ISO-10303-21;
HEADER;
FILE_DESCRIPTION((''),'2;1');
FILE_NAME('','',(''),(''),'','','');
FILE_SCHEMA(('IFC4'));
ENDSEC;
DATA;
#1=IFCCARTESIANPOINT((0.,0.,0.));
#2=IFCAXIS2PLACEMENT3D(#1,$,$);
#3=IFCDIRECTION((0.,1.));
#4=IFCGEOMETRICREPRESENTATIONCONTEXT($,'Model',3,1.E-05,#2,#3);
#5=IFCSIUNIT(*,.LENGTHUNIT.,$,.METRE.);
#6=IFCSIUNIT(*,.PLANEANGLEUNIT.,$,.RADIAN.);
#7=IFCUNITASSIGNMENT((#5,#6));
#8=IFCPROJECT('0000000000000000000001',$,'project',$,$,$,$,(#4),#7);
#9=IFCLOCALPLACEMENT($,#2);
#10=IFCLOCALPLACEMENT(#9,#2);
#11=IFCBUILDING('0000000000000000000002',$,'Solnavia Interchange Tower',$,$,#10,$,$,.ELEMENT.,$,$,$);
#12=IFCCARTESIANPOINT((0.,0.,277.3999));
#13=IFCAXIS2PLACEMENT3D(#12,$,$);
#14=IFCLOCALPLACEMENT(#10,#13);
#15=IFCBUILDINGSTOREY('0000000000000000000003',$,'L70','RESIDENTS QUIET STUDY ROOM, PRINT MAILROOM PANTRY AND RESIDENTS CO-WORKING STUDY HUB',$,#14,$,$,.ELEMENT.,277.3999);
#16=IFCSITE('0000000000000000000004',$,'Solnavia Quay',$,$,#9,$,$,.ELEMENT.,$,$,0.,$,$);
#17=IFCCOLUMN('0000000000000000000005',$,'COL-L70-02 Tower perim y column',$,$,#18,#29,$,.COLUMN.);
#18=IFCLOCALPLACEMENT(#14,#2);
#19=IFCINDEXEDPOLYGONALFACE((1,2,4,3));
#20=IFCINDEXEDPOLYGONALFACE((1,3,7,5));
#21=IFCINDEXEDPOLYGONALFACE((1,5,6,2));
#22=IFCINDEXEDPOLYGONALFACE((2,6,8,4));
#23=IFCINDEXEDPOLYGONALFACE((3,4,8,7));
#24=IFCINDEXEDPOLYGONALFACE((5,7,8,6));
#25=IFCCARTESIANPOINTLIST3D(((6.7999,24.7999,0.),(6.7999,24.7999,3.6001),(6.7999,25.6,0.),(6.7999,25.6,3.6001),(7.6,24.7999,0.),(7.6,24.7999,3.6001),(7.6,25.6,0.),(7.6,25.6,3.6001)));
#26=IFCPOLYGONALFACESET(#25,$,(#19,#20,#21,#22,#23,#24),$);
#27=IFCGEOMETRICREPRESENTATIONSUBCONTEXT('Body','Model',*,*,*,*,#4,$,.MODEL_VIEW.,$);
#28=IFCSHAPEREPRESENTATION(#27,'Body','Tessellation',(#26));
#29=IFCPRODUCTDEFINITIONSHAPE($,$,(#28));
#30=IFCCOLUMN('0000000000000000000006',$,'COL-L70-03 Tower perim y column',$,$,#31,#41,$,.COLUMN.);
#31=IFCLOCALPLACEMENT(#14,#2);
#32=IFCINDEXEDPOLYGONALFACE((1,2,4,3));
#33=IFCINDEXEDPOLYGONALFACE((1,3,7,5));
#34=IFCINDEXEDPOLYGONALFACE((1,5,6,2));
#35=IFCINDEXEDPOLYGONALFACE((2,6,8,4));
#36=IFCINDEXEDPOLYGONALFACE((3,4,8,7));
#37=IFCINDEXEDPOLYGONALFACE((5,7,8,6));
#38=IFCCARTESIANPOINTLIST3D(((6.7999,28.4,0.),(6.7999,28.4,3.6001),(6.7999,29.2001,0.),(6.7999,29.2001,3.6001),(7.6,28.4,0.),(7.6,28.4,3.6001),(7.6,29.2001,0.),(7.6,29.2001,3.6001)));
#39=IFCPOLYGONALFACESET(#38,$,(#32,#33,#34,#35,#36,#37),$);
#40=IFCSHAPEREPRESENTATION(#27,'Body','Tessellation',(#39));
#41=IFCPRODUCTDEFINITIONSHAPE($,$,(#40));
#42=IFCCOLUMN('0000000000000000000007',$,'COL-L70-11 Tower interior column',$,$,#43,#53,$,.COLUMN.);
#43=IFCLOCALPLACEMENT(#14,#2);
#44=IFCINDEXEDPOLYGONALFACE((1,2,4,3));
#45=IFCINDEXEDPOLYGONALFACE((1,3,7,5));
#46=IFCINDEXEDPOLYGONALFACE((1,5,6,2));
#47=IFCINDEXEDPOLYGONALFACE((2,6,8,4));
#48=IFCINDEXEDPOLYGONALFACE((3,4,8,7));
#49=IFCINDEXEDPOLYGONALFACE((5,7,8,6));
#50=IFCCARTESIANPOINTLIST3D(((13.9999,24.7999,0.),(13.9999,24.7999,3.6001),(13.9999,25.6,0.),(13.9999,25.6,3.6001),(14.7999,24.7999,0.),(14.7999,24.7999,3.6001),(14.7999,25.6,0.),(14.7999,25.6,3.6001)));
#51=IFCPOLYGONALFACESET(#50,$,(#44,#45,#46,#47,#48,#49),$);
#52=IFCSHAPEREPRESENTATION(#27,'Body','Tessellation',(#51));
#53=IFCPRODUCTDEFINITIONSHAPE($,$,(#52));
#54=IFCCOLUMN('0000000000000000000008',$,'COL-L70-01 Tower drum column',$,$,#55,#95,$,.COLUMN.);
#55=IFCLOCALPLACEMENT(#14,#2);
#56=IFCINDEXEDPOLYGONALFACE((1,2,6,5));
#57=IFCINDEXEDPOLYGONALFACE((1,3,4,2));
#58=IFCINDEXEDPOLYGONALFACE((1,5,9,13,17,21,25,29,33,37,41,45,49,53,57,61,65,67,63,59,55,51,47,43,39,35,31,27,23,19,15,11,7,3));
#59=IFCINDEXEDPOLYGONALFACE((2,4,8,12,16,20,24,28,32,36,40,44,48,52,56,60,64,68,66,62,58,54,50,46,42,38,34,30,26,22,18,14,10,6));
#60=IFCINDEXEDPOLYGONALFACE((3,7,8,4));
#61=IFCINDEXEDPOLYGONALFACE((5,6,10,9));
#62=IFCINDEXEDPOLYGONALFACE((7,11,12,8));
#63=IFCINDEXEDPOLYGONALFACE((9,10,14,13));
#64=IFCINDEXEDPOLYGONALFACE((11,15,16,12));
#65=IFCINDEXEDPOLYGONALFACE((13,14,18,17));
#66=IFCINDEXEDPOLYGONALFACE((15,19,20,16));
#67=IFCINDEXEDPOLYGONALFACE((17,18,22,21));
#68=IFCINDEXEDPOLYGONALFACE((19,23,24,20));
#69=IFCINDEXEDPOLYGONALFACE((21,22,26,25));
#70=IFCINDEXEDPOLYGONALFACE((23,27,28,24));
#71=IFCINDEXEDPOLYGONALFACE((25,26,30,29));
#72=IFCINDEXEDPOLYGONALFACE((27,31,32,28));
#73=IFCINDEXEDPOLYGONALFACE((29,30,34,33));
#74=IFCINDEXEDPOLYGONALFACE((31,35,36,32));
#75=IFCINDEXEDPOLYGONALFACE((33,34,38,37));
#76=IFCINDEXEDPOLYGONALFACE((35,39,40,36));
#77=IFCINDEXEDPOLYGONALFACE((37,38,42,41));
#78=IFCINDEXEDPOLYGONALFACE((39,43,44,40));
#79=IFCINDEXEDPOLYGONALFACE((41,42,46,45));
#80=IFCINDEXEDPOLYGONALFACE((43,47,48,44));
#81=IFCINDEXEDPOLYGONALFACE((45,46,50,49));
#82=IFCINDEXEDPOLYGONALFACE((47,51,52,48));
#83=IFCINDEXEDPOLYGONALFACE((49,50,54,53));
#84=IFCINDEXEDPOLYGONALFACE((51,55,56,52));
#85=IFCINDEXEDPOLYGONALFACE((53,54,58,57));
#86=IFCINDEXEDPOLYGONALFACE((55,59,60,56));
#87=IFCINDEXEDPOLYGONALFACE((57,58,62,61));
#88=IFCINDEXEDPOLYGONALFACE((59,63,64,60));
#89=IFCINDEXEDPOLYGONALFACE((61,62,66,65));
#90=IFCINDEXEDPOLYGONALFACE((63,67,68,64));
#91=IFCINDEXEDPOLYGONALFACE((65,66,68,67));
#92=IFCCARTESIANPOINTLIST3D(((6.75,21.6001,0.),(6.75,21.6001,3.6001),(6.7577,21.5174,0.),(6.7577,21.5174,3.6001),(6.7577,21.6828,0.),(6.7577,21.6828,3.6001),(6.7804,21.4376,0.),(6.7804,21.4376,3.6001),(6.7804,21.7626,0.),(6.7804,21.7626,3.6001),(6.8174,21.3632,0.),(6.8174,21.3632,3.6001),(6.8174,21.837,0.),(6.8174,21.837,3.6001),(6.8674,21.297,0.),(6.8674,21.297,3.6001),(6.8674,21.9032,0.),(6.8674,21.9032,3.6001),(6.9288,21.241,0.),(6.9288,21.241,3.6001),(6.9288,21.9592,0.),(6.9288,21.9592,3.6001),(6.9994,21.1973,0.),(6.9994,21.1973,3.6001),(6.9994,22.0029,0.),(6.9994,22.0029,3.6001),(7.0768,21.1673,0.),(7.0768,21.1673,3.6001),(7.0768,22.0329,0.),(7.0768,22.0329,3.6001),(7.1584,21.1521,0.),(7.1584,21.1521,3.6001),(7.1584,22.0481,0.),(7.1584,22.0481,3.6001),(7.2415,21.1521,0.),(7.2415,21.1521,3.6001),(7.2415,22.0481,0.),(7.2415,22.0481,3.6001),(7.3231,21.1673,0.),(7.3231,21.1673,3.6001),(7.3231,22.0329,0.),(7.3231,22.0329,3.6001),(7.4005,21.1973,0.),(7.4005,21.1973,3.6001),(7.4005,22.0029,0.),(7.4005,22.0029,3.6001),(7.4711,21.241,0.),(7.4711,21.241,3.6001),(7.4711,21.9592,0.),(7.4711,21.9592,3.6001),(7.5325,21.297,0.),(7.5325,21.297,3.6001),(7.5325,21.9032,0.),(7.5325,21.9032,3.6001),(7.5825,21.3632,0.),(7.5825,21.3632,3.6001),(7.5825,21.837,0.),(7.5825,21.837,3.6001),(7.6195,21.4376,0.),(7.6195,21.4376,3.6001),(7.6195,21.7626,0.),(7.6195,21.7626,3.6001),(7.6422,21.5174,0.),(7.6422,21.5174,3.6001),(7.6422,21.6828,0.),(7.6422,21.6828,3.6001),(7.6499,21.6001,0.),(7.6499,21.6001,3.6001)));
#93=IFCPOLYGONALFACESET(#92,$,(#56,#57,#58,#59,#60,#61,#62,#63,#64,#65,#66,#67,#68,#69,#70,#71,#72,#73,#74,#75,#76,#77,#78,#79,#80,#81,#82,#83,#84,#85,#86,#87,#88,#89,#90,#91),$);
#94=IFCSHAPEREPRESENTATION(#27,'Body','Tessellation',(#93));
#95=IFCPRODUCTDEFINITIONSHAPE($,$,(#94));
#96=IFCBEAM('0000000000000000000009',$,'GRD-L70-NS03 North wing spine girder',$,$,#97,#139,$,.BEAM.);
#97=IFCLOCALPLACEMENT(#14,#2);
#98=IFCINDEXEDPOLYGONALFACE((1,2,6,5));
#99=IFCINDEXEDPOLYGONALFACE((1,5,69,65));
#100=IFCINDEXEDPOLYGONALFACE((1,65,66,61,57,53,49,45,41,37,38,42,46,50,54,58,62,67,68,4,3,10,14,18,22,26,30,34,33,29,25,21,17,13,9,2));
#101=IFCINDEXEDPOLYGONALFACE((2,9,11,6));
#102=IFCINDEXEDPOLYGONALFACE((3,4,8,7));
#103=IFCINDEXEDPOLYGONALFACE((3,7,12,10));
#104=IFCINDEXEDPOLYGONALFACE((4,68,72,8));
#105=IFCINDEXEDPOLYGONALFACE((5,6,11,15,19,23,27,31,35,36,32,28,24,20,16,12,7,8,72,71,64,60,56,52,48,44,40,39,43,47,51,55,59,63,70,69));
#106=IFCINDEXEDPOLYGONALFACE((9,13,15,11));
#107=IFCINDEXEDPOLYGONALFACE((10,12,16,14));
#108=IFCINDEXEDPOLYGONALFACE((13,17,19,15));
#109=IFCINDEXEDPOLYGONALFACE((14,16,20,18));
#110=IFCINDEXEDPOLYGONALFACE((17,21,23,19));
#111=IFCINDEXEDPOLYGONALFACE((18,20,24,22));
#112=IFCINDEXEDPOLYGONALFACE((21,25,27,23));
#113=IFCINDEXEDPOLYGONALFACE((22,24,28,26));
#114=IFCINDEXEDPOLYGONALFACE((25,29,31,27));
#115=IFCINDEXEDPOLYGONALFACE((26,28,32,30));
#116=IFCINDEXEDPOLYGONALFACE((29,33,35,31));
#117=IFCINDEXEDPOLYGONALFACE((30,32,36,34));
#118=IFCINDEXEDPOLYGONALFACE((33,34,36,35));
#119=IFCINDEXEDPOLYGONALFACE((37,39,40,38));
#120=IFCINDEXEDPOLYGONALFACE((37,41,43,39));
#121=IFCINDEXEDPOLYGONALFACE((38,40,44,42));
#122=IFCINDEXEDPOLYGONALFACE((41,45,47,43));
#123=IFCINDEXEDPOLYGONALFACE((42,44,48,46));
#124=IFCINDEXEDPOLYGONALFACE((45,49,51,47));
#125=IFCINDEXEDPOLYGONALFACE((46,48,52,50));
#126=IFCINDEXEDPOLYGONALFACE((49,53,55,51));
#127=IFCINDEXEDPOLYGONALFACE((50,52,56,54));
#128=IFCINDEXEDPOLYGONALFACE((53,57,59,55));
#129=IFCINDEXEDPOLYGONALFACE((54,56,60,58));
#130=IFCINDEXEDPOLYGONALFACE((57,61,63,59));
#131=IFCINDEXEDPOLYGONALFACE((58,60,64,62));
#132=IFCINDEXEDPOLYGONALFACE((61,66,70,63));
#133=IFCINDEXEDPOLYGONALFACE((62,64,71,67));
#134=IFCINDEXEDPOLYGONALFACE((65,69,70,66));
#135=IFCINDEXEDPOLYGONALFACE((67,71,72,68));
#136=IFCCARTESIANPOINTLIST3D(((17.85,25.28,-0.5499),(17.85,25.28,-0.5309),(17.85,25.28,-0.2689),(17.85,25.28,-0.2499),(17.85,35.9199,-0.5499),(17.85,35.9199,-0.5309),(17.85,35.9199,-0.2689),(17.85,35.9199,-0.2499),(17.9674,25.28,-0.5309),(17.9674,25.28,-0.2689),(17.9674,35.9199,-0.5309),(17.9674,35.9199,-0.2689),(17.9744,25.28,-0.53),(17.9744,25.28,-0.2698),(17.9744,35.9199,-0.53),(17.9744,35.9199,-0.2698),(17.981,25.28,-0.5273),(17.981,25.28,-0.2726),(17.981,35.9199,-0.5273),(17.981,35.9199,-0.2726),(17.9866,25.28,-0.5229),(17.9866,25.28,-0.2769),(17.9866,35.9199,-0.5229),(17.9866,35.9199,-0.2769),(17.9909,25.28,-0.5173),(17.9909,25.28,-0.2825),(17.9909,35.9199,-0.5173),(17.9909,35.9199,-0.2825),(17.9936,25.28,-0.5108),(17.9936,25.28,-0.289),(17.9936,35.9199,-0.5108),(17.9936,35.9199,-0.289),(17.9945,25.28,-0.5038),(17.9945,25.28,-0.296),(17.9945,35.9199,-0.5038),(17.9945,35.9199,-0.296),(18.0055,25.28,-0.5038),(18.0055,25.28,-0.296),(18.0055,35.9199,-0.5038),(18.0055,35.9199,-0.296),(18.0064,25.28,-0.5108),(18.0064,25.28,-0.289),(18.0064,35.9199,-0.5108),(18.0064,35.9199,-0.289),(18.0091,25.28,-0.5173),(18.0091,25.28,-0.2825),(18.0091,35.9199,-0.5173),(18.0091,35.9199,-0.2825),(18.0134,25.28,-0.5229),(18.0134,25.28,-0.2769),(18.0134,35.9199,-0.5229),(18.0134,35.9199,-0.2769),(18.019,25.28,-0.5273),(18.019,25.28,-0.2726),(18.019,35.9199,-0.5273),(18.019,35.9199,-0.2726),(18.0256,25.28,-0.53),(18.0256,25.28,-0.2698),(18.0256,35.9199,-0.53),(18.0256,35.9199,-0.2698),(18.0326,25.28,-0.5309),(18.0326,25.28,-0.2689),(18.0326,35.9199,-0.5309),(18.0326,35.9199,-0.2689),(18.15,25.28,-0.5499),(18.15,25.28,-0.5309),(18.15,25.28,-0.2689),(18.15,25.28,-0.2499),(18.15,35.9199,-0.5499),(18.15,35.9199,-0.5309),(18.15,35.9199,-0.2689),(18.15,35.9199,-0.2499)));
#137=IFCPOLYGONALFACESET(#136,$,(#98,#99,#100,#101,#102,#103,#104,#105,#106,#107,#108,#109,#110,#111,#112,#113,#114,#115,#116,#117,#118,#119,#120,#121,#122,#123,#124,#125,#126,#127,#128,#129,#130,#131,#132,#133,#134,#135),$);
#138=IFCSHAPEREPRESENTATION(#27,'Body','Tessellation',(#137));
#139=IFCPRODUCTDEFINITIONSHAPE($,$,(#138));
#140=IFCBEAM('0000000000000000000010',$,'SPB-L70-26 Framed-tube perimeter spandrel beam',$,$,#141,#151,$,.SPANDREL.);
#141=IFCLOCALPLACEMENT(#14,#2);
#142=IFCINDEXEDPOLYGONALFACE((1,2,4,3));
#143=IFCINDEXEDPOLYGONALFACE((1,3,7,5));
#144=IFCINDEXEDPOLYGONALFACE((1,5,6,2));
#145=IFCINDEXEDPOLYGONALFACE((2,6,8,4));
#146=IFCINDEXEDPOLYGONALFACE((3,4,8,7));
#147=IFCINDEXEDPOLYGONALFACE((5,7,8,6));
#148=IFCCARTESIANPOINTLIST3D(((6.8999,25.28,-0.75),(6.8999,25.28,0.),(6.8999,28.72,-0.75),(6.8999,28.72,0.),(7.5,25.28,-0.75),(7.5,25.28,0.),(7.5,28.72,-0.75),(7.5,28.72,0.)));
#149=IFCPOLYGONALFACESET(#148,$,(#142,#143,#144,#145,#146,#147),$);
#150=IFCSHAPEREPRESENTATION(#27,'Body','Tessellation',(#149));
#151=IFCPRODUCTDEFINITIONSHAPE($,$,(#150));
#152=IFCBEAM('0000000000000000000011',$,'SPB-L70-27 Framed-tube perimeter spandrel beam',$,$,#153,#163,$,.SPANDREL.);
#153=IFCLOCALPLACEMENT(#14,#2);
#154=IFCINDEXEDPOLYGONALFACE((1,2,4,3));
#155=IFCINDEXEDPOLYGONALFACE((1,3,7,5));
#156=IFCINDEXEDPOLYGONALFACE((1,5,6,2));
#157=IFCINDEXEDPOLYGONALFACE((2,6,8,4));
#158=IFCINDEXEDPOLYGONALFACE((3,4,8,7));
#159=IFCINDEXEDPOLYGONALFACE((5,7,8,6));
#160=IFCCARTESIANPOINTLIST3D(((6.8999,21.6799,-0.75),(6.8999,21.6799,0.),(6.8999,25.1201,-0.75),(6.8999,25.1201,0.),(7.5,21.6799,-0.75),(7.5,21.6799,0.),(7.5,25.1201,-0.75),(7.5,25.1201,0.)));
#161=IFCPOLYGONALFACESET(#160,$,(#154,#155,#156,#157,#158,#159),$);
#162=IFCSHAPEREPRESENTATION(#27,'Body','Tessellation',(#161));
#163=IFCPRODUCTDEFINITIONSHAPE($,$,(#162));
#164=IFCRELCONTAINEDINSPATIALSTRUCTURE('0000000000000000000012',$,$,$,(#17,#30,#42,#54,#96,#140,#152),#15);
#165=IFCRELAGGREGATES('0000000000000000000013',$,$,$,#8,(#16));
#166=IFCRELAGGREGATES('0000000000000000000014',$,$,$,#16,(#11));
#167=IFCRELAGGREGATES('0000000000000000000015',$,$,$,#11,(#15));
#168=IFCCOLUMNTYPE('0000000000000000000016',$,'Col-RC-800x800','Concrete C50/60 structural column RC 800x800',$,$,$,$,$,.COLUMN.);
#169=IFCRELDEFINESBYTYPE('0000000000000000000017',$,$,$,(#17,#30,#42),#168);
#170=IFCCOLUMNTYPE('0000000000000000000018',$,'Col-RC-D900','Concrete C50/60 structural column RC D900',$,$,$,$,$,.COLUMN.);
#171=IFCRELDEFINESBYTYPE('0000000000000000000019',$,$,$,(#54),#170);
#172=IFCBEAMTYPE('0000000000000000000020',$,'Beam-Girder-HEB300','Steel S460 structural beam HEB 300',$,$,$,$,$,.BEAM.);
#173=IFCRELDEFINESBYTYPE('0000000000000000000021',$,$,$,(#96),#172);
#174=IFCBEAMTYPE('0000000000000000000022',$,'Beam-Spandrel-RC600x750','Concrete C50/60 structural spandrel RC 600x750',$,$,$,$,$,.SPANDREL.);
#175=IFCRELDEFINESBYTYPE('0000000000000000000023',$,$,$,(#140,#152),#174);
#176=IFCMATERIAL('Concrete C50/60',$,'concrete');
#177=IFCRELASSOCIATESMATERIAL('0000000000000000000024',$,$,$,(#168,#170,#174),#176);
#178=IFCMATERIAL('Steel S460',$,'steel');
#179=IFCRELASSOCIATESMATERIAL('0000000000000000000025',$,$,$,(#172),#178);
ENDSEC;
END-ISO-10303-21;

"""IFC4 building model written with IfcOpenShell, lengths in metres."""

from ifc_helpers import new_model, si_unit, direction, frame, origin, origin_2d, place, context, subcontext, project, spatial, rectangle, circle, i_section, extrude, material, material_profile, profile_set, type_object, element, save


model = new_model("IFC4")

# Units and contexts
model_context = context("Model", 3, precision=1e-05, world=origin(), true_north=direction((0.0, 1.0)))
body_context = subcontext(model_context, "Body", "Model", "MODEL_VIEW")
ifc_project = project(units=[si_unit("LENGTHUNIT", "METRE"), si_unit("PLANEANGLEUNIT", "RADIAN")], contexts=[model_context])

# Site, building, storey
site_placement = place(None, origin())
site = spatial("IfcSite", under=ifc_project, at=site_placement, Name="Solnavia Quay", CompositionType="ELEMENT", RefElevation=0.0)
building_placement = place(site_placement, origin())
building = spatial("IfcBuilding", under=site, at=building_placement, Name="Solnavia Interchange Tower", CompositionType="ELEMENT")
storey_placement = place(building_placement, frame((0.0, 0.0, 277.3999)))
storey = spatial("IfcBuildingStorey", under=building, at=storey_placement, Name="L70", Description="RESIDENTS QUIET STUDY ROOM, PRINT MAILROOM PANTRY AND RESIDENTS CO-WORKING STUDY HUB", CompositionType="ELEMENT", Elevation=277.3999)

# Columns
ifc_material_1 = material(Name="Concrete C50/60", Category="concrete")
ifc_material_profile_1 = material_profile(ifc_material_1, rectangle(XDim=0.8, YDim=0.8, at=origin_2d()), Name="RC 800x800")
ifc_profile_set_1 = profile_set([ifc_material_profile_1], Name="Concrete C50/60")
column_type_1 = type_object("IfcColumnType", Name="Col-RC-800x800", Description="Concrete C50/60 structural column RC 800x800", PredefinedType="COLUMN", material=ifc_profile_set_1)
for number, where, z_axis, x_axis, name in (
    (1, (7.2, 25.2, 0.0), (0.0, 0.0, 1.0), (0.0, 1.0, 0.0), "COL-L70-02 Tower perim y column"),
    (2, (7.2, 28.8, 0.0), (0.0, 0.0, 1.0), (0.0, 1.0, 0.0), "COL-L70-03 Tower perim y column"),
    (3, (14.3999, 25.2, 0.0), (0.0, 0.0, 1.0), (1.0, 0.0, 0.0), "COL-L70-11 Tower interior column"),
):
    element("IfcColumn", number, at=place(storey_placement, frame(where, z_axis=z_axis, x_axis=x_axis)), inside=storey, type_object=column_type_1, Name=name, PredefinedType="COLUMN", context=body_context, shape_type="SweptSolid", body=[
        extrude(rectangle(XDim=0.8, YDim=0.8, at=origin_2d()), origin(), (0.0, 0.0, 1.0), 3.6001),
    ])
ifc_material_profile_2 = material_profile(ifc_material_1, circle(Radius=0.45, at=origin_2d()), Name="RC D900")
ifc_profile_set_2 = profile_set([ifc_material_profile_2], Name="Concrete C50/60")
column_type_2 = type_object("IfcColumnType", Name="Col-RC-D900", Description="Concrete C50/60 structural column RC D900", PredefinedType="COLUMN", material=ifc_profile_set_2)
column_placement = place(storey_placement, frame((7.2, 21.6001, 0.0), z_axis=(0.0, 0.0, 1.0), x_axis=(1.0, 0.0, 0.0)))
element("IfcColumn", 4, at=column_placement, inside=storey, type_object=column_type_2, Name="COL-L70-01 Tower drum column", PredefinedType="COLUMN", context=body_context, shape_type="SweptSolid", body=[
    extrude(circle(Radius=0.45, at=origin_2d()), origin(), (0.0, 0.0, 1.0), 3.6001),
])

# Beams
ifc_material_2 = material(Name="Steel S460", Category="steel")
ifc_material_profile_3 = material_profile(ifc_material_2, i_section(OverallWidth=0.3, OverallDepth=0.3, WebThickness=0.011, FlangeThickness=0.019, FilletRadius=0.0271, at=origin_2d()), Name="HEB 300")
ifc_profile_set_3 = profile_set([ifc_material_profile_3], Name="Steel S460")
beam_type_1 = type_object("IfcBeamType", Name="Beam-Girder-HEB300", Description="Steel S460 structural beam HEB 300", PredefinedType="BEAM", material=ifc_profile_set_3)
beam_1_placement = place(storey_placement, frame((18.0, 25.28, -0.3999), z_axis=(0.0, 1.0, 0.0), x_axis=(-1.0, 0.0, 0.0)))
element("IfcBeam", 5, at=beam_1_placement, inside=storey, type_object=beam_type_1, Name="GRD-L70-NS03 North wing spine girder", PredefinedType="BEAM", context=body_context, shape_type="SweptSolid", body=[
    extrude(i_section(OverallWidth=0.3, OverallDepth=0.3, WebThickness=0.011, FlangeThickness=0.019, FilletRadius=0.0271, at=origin_2d()), origin(), (0.0, 0.0, 1.0), 10.6399),
])
ifc_material_profile_4 = material_profile(ifc_material_1, rectangle(XDim=0.6001, YDim=0.75, at=origin_2d()), Name="RC 600x750")
ifc_profile_set_4 = profile_set([ifc_material_profile_4], Name="Concrete C50/60")
beam_type_2 = type_object("IfcBeamType", Name="Beam-Spandrel-RC600x750", Description="Concrete C50/60 structural spandrel RC 600x750", PredefinedType="SPANDREL", material=ifc_profile_set_4)
beam_2_placement = place(storey_placement, frame((7.2, 28.72, -0.375), z_axis=(0.0, -1.0, 0.0), x_axis=(1.0, 0.0, 0.0)))
element("IfcBeam", 6, at=beam_2_placement, inside=storey, type_object=beam_type_2, Name="SPB-L70-26 Framed-tube perimeter spandrel beam", PredefinedType="SPANDREL", context=body_context, shape_type="SweptSolid", body=[
    extrude(rectangle(XDim=0.6001, YDim=0.75, at=origin_2d()), origin(), (0.0, 0.0, 1.0), 3.4399),
])
beam_3_placement = place(storey_placement, frame((7.2, 25.1201, -0.375), z_axis=(0.0, -1.0, 0.0), x_axis=(1.0, 0.0, 0.0)))
element("IfcBeam", 7, at=beam_3_placement, inside=storey, type_object=beam_type_2, Name="SPB-L70-27 Framed-tube perimeter spandrel beam", PredefinedType="SPANDREL", context=body_context, shape_type="SweptSolid", body=[
    extrude(rectangle(XDim=0.6001, YDim=0.75, at=origin_2d()), origin(), (0.0, 0.0, 1.0), 3.4402),
])

save(model, "model.ifc")
